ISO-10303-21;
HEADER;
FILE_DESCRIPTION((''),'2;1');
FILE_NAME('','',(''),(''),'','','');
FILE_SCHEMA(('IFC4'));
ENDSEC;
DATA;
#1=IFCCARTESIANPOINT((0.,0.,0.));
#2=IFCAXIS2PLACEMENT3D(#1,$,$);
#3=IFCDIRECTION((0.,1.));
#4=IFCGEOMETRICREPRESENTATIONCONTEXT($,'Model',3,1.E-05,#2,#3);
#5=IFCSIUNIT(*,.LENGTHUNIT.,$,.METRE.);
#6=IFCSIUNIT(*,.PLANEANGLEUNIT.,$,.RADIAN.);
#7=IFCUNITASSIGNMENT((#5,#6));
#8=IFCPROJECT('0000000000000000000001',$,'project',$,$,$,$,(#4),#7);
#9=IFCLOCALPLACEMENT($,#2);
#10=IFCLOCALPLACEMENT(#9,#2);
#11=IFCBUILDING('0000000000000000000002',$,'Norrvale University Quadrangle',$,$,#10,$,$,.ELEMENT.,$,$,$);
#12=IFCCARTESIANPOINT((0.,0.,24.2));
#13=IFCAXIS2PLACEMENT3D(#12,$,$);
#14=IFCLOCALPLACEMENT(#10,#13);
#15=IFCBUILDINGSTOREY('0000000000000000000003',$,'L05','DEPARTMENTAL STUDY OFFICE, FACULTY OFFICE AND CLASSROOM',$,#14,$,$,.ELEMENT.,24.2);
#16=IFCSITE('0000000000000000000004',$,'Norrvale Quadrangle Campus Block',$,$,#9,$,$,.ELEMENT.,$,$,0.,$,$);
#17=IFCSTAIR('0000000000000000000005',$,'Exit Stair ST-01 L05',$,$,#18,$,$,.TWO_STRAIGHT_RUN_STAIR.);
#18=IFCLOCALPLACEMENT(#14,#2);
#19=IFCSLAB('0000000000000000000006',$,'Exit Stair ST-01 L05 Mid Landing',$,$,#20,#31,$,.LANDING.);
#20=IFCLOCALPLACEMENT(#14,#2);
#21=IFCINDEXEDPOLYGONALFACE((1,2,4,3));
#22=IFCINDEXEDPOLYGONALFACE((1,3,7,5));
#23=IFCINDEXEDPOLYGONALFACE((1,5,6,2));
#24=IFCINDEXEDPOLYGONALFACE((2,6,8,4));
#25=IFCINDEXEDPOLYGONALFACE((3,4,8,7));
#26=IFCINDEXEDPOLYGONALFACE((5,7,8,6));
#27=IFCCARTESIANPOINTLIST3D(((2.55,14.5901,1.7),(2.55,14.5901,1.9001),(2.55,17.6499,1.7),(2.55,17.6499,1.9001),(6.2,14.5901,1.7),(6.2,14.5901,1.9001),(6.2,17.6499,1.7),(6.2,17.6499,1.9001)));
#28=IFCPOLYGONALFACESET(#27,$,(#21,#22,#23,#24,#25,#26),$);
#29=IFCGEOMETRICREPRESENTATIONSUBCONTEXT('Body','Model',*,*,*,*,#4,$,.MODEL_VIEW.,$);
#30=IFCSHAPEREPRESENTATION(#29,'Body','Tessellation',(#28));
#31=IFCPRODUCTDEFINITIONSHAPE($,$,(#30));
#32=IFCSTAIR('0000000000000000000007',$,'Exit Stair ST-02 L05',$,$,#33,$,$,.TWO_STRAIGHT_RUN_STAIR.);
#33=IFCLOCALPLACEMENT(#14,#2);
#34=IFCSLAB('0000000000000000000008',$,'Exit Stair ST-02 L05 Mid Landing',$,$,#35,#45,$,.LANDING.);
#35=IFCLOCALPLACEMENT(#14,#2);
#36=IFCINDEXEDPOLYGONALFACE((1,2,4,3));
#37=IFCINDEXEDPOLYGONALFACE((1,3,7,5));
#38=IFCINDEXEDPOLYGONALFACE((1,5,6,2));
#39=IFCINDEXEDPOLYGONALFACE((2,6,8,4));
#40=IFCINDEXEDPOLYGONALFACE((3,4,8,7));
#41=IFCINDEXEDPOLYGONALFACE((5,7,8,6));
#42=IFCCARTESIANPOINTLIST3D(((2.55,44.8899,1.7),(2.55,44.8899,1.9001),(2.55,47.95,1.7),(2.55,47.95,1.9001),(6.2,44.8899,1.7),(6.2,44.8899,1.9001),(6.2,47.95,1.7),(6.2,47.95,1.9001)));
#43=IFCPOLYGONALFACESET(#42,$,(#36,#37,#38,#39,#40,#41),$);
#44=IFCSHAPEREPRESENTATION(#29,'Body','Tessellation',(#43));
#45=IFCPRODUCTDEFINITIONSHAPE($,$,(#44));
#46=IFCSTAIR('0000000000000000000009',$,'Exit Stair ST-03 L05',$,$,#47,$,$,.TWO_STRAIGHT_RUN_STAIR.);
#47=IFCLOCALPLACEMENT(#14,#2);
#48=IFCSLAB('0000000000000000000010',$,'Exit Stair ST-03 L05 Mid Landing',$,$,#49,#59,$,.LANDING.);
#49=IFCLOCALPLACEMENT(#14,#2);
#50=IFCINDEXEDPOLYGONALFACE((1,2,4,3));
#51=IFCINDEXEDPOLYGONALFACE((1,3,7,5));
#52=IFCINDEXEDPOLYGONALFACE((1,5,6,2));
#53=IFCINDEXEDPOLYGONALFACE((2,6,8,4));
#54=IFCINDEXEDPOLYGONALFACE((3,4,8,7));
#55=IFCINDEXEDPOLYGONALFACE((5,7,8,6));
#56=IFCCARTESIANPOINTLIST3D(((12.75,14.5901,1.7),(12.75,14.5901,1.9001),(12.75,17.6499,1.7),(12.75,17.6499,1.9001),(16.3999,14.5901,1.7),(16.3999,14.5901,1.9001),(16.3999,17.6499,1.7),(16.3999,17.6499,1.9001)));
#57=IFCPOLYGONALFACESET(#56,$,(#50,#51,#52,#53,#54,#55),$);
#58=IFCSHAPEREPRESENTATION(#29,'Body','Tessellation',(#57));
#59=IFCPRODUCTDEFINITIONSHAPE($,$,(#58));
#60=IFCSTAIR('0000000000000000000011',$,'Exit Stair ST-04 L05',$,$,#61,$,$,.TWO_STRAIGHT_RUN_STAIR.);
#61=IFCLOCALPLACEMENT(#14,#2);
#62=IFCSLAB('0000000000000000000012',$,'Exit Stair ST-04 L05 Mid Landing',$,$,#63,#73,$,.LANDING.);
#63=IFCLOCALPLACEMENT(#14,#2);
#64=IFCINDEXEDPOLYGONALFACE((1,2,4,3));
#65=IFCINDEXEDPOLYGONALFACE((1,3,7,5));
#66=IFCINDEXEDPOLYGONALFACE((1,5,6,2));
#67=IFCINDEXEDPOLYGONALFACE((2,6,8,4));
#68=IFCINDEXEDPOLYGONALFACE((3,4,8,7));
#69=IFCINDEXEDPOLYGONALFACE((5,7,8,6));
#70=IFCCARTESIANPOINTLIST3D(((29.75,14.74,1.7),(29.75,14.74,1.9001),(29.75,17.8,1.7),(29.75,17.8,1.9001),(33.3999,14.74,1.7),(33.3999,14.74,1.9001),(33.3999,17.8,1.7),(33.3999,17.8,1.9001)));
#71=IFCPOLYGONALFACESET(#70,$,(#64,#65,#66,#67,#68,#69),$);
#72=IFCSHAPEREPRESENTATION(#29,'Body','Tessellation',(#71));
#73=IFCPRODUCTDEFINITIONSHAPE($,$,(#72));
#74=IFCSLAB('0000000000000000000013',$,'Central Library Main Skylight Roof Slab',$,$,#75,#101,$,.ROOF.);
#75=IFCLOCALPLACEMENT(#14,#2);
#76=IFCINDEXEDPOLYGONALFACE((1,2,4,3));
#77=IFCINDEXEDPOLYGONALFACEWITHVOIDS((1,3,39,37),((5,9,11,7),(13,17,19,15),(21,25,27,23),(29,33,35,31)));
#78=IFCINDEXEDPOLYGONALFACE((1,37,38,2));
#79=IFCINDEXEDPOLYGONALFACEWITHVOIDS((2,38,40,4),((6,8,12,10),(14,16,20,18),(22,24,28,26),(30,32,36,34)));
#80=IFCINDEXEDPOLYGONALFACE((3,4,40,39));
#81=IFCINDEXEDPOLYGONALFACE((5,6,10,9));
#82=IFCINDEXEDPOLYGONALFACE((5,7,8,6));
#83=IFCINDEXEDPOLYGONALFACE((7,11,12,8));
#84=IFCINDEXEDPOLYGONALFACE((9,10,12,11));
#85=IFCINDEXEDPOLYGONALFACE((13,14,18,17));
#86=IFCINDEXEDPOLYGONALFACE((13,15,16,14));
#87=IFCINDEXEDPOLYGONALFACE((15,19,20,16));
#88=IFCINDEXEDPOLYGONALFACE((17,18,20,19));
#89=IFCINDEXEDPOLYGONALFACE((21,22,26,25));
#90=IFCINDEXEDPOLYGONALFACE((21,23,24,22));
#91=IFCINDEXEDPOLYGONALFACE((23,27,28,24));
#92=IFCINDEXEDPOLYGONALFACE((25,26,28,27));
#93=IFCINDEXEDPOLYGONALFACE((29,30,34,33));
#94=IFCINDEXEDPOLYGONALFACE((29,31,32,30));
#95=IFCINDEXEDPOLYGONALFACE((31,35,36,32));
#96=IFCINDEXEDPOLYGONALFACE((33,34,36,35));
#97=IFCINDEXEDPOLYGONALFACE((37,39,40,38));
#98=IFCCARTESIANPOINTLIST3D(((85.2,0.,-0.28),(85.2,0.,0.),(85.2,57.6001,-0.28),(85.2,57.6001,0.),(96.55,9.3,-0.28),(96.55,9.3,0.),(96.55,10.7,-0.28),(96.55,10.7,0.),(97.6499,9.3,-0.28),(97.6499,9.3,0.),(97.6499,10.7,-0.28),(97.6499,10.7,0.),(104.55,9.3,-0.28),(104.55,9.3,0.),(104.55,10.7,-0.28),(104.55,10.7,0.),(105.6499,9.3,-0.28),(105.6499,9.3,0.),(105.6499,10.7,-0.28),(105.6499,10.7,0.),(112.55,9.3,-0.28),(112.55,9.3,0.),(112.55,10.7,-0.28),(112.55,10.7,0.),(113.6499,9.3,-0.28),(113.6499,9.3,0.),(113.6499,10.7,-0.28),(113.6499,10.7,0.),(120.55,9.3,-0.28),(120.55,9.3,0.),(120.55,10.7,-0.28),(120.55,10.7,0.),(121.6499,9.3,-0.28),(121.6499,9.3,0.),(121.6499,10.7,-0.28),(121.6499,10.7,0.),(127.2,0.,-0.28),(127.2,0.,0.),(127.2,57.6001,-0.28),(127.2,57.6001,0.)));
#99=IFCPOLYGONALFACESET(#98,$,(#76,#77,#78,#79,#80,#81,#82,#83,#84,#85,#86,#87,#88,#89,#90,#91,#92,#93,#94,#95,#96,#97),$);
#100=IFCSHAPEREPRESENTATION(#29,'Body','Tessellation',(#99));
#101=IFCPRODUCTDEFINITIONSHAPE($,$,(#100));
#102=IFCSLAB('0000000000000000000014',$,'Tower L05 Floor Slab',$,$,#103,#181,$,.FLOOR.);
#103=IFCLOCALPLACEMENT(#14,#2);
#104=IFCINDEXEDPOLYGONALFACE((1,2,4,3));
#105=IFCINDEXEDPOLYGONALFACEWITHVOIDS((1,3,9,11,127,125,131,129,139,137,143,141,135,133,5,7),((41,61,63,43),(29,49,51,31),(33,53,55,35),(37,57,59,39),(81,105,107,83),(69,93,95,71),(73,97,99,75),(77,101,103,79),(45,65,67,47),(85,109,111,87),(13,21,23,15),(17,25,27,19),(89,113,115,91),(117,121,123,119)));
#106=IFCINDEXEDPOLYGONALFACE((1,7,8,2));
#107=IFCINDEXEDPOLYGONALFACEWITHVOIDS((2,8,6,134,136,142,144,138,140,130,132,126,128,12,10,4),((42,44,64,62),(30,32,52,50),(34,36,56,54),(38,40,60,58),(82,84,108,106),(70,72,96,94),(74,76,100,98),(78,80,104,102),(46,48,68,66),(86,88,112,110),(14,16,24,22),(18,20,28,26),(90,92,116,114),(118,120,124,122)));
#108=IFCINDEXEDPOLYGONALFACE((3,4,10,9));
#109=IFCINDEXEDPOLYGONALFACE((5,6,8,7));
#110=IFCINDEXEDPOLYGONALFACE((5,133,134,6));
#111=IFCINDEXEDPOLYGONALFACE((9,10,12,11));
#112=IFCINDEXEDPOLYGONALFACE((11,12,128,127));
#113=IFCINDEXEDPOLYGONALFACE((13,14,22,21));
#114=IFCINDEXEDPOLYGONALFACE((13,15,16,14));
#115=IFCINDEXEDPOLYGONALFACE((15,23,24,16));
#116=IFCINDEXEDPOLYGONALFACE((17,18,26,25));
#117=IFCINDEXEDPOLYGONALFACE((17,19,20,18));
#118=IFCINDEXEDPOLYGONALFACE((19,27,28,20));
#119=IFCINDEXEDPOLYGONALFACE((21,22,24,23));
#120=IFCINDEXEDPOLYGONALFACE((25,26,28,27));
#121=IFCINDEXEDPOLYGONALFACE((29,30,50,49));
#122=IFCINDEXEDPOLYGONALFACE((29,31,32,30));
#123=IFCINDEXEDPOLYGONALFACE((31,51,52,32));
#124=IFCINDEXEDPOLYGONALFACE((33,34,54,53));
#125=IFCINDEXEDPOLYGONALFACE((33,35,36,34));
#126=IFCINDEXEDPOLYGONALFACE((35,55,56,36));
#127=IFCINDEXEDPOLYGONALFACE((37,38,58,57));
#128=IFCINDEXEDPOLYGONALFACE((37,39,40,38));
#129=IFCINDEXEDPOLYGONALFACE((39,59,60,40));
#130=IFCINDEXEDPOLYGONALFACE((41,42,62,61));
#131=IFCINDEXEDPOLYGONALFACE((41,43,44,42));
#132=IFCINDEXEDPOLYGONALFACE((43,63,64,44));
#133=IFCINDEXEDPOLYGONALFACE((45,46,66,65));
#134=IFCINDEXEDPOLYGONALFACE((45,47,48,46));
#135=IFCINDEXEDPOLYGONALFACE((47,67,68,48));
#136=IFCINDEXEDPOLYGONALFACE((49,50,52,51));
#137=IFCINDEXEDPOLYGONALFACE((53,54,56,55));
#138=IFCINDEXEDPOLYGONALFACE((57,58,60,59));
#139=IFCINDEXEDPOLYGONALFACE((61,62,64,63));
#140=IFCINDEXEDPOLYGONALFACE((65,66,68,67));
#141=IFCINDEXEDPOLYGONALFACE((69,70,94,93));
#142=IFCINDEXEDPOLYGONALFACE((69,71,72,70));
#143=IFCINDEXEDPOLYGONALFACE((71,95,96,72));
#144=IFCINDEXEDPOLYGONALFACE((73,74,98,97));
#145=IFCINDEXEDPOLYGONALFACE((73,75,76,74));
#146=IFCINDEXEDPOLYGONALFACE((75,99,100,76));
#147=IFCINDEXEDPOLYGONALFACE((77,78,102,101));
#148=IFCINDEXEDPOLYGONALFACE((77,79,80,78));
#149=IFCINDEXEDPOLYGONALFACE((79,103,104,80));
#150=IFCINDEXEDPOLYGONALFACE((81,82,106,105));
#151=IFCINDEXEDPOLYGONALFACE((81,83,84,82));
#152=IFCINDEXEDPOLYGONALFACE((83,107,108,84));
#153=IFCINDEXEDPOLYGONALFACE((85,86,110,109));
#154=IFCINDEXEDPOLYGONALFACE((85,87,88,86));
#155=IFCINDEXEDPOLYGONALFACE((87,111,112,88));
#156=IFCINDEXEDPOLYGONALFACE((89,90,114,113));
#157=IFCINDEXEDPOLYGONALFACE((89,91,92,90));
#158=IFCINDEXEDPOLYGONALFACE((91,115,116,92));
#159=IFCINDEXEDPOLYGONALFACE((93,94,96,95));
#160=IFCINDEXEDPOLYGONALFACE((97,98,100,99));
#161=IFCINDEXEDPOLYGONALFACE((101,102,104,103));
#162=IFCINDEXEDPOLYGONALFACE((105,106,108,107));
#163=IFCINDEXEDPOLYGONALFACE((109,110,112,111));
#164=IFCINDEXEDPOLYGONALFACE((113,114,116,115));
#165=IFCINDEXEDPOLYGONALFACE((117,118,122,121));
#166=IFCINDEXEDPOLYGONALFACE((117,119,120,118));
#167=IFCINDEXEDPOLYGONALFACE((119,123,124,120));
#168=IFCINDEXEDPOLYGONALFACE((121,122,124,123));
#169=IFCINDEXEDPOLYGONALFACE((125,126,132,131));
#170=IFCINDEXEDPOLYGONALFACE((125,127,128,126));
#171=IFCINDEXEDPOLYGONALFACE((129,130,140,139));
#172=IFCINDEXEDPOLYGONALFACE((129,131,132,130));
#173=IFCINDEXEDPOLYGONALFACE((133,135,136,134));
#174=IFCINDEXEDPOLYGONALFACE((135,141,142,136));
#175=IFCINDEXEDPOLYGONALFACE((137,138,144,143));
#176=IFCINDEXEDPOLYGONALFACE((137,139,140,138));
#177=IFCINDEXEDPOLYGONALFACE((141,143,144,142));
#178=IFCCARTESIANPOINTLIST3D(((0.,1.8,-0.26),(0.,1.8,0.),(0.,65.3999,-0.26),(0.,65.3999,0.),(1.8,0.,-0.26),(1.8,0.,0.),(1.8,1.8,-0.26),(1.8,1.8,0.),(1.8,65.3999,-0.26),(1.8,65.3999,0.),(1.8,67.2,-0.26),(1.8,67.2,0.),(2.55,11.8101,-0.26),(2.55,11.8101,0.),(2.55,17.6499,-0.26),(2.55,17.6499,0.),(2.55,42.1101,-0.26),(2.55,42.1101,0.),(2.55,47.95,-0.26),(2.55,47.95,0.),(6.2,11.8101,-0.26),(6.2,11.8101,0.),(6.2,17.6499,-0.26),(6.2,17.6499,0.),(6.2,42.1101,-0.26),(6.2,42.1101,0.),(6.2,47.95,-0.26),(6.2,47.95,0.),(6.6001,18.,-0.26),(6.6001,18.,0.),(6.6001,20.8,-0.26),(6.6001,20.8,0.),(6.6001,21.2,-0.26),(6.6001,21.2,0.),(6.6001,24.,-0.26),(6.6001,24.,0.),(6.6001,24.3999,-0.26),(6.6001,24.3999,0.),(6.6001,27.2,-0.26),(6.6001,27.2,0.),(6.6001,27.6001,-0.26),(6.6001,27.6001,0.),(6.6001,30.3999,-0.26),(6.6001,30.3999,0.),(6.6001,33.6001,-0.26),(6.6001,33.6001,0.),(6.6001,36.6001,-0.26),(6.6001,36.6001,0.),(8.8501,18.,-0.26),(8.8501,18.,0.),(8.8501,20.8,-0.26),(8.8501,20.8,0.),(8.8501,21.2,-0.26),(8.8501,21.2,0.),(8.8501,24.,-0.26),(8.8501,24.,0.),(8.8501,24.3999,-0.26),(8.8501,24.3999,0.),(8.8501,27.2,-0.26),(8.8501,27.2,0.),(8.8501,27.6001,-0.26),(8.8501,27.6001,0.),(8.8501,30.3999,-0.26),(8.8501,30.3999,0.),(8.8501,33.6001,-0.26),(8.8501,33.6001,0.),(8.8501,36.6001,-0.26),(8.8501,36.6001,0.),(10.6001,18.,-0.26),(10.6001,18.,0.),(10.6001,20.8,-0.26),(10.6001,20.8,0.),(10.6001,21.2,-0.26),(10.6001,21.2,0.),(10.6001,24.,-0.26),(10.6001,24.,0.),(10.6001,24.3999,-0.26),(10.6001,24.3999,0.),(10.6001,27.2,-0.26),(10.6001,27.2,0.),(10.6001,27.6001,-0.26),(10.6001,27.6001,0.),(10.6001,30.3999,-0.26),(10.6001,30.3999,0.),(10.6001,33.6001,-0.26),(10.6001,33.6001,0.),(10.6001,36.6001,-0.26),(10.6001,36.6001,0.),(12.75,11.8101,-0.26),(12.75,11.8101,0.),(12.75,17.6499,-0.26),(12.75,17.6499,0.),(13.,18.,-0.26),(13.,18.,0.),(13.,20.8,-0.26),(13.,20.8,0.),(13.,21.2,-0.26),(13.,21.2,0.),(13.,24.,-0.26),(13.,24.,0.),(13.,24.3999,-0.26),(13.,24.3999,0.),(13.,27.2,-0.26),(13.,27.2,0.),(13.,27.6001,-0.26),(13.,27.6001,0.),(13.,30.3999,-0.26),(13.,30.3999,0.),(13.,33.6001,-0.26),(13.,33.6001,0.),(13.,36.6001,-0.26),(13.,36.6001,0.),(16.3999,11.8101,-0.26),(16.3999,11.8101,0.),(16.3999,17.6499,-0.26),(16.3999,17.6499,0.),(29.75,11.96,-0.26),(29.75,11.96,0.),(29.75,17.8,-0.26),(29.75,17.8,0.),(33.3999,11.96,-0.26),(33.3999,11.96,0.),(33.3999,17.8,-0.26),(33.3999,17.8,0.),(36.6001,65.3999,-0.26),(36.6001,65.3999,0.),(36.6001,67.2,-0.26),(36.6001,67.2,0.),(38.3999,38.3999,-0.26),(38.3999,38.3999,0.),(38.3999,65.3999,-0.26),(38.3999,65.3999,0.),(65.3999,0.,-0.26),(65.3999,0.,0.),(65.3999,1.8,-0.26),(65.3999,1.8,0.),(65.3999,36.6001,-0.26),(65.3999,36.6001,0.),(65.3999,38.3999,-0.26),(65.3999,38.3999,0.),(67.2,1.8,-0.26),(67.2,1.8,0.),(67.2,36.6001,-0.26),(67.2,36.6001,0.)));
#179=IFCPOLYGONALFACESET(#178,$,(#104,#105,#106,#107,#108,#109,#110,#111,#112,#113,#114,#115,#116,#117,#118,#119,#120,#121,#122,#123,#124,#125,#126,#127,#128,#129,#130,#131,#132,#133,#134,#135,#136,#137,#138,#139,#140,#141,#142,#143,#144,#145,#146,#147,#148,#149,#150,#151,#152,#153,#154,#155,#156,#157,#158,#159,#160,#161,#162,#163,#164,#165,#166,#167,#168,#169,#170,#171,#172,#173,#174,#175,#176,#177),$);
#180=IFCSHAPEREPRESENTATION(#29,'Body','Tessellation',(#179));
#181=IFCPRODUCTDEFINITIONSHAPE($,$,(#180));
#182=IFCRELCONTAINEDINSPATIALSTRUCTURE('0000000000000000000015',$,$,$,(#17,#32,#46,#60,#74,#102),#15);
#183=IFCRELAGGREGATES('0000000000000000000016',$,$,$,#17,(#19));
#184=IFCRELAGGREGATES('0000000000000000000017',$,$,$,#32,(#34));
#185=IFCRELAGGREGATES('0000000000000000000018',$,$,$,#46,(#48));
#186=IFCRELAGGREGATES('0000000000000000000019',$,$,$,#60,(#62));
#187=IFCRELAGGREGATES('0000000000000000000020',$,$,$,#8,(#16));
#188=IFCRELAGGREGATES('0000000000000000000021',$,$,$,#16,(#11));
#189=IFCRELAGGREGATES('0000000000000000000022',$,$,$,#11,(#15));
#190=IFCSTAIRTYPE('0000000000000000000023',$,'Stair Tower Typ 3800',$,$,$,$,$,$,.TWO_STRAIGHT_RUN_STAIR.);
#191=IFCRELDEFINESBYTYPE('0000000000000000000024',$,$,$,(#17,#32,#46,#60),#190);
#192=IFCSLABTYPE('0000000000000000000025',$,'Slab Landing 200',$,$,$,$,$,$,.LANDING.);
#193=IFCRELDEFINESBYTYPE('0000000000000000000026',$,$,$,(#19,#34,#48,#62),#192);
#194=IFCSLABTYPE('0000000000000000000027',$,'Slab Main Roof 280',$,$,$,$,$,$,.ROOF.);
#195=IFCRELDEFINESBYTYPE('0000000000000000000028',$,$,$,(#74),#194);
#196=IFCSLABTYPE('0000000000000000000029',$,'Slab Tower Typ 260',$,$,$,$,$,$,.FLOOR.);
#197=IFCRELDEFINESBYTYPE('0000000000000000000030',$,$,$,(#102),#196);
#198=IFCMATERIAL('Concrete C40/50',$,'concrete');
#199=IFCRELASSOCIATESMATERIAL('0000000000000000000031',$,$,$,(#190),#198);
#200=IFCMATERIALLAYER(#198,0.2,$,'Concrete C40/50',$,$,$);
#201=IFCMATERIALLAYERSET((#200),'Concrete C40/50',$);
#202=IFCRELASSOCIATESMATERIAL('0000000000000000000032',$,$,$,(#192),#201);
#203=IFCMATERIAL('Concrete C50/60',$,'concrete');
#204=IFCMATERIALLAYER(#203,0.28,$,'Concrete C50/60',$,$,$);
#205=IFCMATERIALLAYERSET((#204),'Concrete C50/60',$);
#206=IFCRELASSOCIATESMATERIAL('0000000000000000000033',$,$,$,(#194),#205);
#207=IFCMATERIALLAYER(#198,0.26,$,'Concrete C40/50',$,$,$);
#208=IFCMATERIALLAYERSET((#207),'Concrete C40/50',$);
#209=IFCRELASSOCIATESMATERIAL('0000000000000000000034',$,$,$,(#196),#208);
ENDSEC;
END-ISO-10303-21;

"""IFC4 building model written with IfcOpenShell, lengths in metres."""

from ifc_helpers import new_model, si_unit, direction, frame, origin, place, context, subcontext, project, spatial, polyline, outline, extrude, material, layer, layer_set, type_object, element, aggregate, save


model = new_model("IFC4")

# Units and contexts
model_context = context("Model", 3, precision=1e-05, world=origin(), true_north=direction((0.0, 1.0)))
body_context = subcontext(model_context, "Body", "Model", "MODEL_VIEW")
ifc_project = project(units=[si_unit("LENGTHUNIT", "METRE"), si_unit("PLANEANGLEUNIT", "RADIAN")], contexts=[model_context])

# Site, building, storey
site_placement = place(None, origin())
site = spatial("IfcSite", under=ifc_project, at=site_placement, Name="Norrvale Quadrangle Campus Block", CompositionType="ELEMENT", RefElevation=0.0)
building_placement = place(site_placement, origin())
building = spatial("IfcBuilding", under=site, at=building_placement, Name="Norrvale University Quadrangle", CompositionType="ELEMENT")
storey_placement = place(building_placement, frame((0.0, 0.0, 24.2)))
storey = spatial("IfcBuildingStorey", under=building, at=storey_placement, Name="L05", Description="DEPARTMENTAL STUDY OFFICE, FACULTY OFFICE AND CLASSROOM", CompositionType="ELEMENT", Elevation=24.2)

# Stairs, slabs
ifc_material_1 = material(Name="Concrete C40/50", Category="concrete")
stair_type = type_object("IfcStairType", Name="Stair Tower Typ 3800", PredefinedType="TWO_STRAIGHT_RUN_STAIR", material=ifc_material_1)
stair_1_placement = place(storey_placement, origin())
stair_1 = element("IfcStair", 1, at=stair_1_placement, inside=storey, type_object=stair_type, Name="Exit Stair ST-01 L05", PredefinedType="TWO_STRAIGHT_RUN_STAIR")
ifc_layer_1 = layer(ifc_material_1, 0.2, Name="Concrete C40/50")
ifc_layer_set_1 = layer_set([ifc_layer_1], Name="Concrete C40/50")
slab_type_1 = type_object("IfcSlabType", Name="Slab Landing 200", PredefinedType="LANDING", material=ifc_layer_set_1)
slab_1_placement = place(storey_placement, frame((0.0, 0.0, 1.7)))
slab_1 = element("IfcSlab", 2, at=slab_1_placement, type_object=slab_type_1, Name="Exit Stair ST-01 L05 Mid Landing", PredefinedType="LANDING", context=body_context, shape_type="SweptSolid", body=[
    extrude(outline(polyline([(2.55, 14.5901), (6.2, 14.5901), (6.2, 17.6499), (2.55, 17.6499), (2.55, 14.5901)])), origin(), (0.0, 0.0, 1.0), 0.2002),
])
aggregate(stair_1, [slab_1])
stair_2_placement = place(storey_placement, origin())
stair_2 = element("IfcStair", 3, at=stair_2_placement, inside=storey, type_object=stair_type, Name="Exit Stair ST-02 L05", PredefinedType="TWO_STRAIGHT_RUN_STAIR")
slab_2_placement = place(storey_placement, frame((0.0, 0.0, 1.7)))
slab_2 = element("IfcSlab", 4, at=slab_2_placement, type_object=slab_type_1, Name="Exit Stair ST-02 L05 Mid Landing", PredefinedType="LANDING", context=body_context, shape_type="SweptSolid", body=[
    extrude(outline(polyline([(2.55, 44.8899), (6.2, 44.8899), (6.2, 47.95), (2.55, 47.95), (2.55, 44.8899)])), origin(), (0.0, 0.0, 1.0), 0.2002),
])
aggregate(stair_2, [slab_2])
stair_3_placement = place(storey_placement, origin())
stair_3 = element("IfcStair", 5, at=stair_3_placement, inside=storey, type_object=stair_type, Name="Exit Stair ST-03 L05", PredefinedType="TWO_STRAIGHT_RUN_STAIR")
slab_3_placement = place(storey_placement, frame((0.0, 0.0, 1.7)))
slab_3 = element("IfcSlab", 6, at=slab_3_placement, type_object=slab_type_1, Name="Exit Stair ST-03 L05 Mid Landing", PredefinedType="LANDING", context=body_context, shape_type="SweptSolid", body=[
    extrude(outline(polyline([(12.75, 14.5901), (16.3999, 14.5901), (16.3999, 17.6499), (12.75, 17.6499), (12.75, 14.5901)])), origin(), (0.0, 0.0, 1.0), 0.2002),
])
aggregate(stair_3, [slab_3])
stair_4_placement = place(storey_placement, origin())
stair_4 = element("IfcStair", 7, at=stair_4_placement, inside=storey, type_object=stair_type, Name="Exit Stair ST-04 L05", PredefinedType="TWO_STRAIGHT_RUN_STAIR")
slab_4_placement = place(storey_placement, frame((0.0, 0.0, 1.7)))
slab_4 = element("IfcSlab", 8, at=slab_4_placement, type_object=slab_type_1, Name="Exit Stair ST-04 L05 Mid Landing", PredefinedType="LANDING", context=body_context, shape_type="SweptSolid", body=[
    extrude(outline(polyline([(29.75, 14.74), (33.3999, 14.74), (33.3999, 17.8), (29.75, 17.8), (29.75, 14.74)])), origin(), (0.0, 0.0, 1.0), 0.2002),
])
aggregate(stair_4, [slab_4])

# Slabs
ifc_material_2 = material(Name="Concrete C50/60", Category="concrete")
ifc_layer_2 = layer(ifc_material_2, 0.28, Name="Concrete C50/60")
ifc_layer_set_2 = layer_set([ifc_layer_2], Name="Concrete C50/60")
slab_type_2 = type_object("IfcSlabType", Name="Slab Main Roof 280", PredefinedType="ROOF", material=ifc_layer_set_2)
slab_5_placement = place(storey_placement, frame((0.0, 0.0, -0.28)))
element("IfcSlab", 9, at=slab_5_placement, inside=storey, type_object=slab_type_2, Name="Central Library Main Skylight Roof Slab", PredefinedType="ROOF", context=body_context, shape_type="SweptSolid", body=[
    extrude(outline(polyline([(85.2, 0.0), (127.2, 0.0), (127.2, 57.6001), (85.2, 57.6001), (85.2, 0.0)]), holes=[polyline([(96.55, 9.3), (97.6499, 9.3), (97.6499, 10.7), (96.55, 10.7), (96.55, 9.3)]), polyline([(104.55, 9.3), (105.6499, 9.3), (105.6499, 10.7), (104.55, 10.7), (104.55, 9.3)]), polyline([(112.55, 9.3), (113.6499, 9.3), (113.6499, 10.7), (112.55, 10.7), (112.55, 9.3)]), polyline([(120.55, 9.3), (121.6499, 9.3), (121.6499, 10.7), (120.55, 10.7), (120.55, 9.3)])]), origin(), (0.0, 0.0, 1.0), 0.28),
])
ifc_layer_3 = layer(ifc_material_1, 0.26, Name="Concrete C40/50")
ifc_layer_set_3 = layer_set([ifc_layer_3], Name="Concrete C40/50")
slab_type_3 = type_object("IfcSlabType", Name="Slab Tower Typ 260", PredefinedType="FLOOR", material=ifc_layer_set_3)
slab_6_placement = place(storey_placement, frame((0.0, 0.0, -0.26)))
element("IfcSlab", 10, at=slab_6_placement, inside=storey, type_object=slab_type_3, Name="Tower L05 Floor Slab", PredefinedType="FLOOR", context=body_context, shape_type="SweptSolid", body=[
    extrude(outline(polyline([(1.8, 0.0), (65.3999, 0.0), (65.3999, 1.8), (67.2, 1.8), (67.2, 36.6001), (65.3999, 36.6001), (65.3999, 38.3999), (38.3999, 38.3999), (38.3999, 65.3999), (36.6001, 65.3999), (36.6001, 67.2), (1.8, 67.2), (1.8, 65.3999), (0.0, 65.3999), (0.0, 1.8), (1.8, 1.8), (1.8, 0.0)]), holes=[polyline([(2.55, 11.8101), (6.2, 11.8101), (6.2, 17.6499), (2.55, 17.6499), (2.55, 11.8101)]), polyline([(2.55, 42.1101), (6.2, 42.1101), (6.2, 47.95), (2.55, 47.95), (2.55, 42.1101)]), polyline([(12.75, 11.8101), (16.3999, 11.8101), (16.3999, 17.6499), (12.75, 17.6499), (12.75, 11.8101)]), polyline([(29.75, 11.96), (33.3999, 11.96), (33.3999, 17.8), (29.75, 17.8), (29.75, 11.96)]), polyline([(6.6001, 18.0), (8.8501, 18.0), (8.8501, 20.8), (6.6001, 20.8), (6.6001, 18.0)]), polyline([(6.6001, 21.2), (8.8501, 21.2), (8.8501, 24.0), (6.6001, 24.0), (6.6001, 21.2)]), polyline([(6.6001, 24.3999), (8.8501, 24.3999), (8.8501, 27.2), (6.6001, 27.2), (6.6001, 24.3999)]), polyline([(6.6001, 27.6001), (8.8501, 27.6001), (8.8501, 30.3999), (6.6001, 30.3999), (6.6001, 27.6001)]), polyline([(10.6001, 18.0), (13.0, 18.0), (13.0, 20.8), (10.6001, 20.8), (10.6001, 18.0)]), polyline([(10.6001, 21.2), (13.0, 21.2), (13.0, 24.0), (10.6001, 24.0), (10.6001, 21.2)]), polyline([(10.6001, 24.3999), (13.0, 24.3999), (13.0, 27.2), (10.6001, 27.2), (10.6001, 24.3999)]), polyline([(10.6001, 27.6001), (13.0, 27.6001), (13.0, 30.3999), (10.6001, 30.3999), (10.6001, 27.6001)]), polyline([(6.6001, 33.6001), (8.8501, 33.6001), (8.8501, 36.6001), (6.6001, 36.6001), (6.6001, 33.6001)]), polyline([(10.6001, 33.6001), (13.0, 33.6001), (13.0, 36.6001), (10.6001, 36.6001), (10.6001, 33.6001)])]), origin(), (0.0, 0.0, 1.0), 0.26),
])

save(model, "model.ifc")
